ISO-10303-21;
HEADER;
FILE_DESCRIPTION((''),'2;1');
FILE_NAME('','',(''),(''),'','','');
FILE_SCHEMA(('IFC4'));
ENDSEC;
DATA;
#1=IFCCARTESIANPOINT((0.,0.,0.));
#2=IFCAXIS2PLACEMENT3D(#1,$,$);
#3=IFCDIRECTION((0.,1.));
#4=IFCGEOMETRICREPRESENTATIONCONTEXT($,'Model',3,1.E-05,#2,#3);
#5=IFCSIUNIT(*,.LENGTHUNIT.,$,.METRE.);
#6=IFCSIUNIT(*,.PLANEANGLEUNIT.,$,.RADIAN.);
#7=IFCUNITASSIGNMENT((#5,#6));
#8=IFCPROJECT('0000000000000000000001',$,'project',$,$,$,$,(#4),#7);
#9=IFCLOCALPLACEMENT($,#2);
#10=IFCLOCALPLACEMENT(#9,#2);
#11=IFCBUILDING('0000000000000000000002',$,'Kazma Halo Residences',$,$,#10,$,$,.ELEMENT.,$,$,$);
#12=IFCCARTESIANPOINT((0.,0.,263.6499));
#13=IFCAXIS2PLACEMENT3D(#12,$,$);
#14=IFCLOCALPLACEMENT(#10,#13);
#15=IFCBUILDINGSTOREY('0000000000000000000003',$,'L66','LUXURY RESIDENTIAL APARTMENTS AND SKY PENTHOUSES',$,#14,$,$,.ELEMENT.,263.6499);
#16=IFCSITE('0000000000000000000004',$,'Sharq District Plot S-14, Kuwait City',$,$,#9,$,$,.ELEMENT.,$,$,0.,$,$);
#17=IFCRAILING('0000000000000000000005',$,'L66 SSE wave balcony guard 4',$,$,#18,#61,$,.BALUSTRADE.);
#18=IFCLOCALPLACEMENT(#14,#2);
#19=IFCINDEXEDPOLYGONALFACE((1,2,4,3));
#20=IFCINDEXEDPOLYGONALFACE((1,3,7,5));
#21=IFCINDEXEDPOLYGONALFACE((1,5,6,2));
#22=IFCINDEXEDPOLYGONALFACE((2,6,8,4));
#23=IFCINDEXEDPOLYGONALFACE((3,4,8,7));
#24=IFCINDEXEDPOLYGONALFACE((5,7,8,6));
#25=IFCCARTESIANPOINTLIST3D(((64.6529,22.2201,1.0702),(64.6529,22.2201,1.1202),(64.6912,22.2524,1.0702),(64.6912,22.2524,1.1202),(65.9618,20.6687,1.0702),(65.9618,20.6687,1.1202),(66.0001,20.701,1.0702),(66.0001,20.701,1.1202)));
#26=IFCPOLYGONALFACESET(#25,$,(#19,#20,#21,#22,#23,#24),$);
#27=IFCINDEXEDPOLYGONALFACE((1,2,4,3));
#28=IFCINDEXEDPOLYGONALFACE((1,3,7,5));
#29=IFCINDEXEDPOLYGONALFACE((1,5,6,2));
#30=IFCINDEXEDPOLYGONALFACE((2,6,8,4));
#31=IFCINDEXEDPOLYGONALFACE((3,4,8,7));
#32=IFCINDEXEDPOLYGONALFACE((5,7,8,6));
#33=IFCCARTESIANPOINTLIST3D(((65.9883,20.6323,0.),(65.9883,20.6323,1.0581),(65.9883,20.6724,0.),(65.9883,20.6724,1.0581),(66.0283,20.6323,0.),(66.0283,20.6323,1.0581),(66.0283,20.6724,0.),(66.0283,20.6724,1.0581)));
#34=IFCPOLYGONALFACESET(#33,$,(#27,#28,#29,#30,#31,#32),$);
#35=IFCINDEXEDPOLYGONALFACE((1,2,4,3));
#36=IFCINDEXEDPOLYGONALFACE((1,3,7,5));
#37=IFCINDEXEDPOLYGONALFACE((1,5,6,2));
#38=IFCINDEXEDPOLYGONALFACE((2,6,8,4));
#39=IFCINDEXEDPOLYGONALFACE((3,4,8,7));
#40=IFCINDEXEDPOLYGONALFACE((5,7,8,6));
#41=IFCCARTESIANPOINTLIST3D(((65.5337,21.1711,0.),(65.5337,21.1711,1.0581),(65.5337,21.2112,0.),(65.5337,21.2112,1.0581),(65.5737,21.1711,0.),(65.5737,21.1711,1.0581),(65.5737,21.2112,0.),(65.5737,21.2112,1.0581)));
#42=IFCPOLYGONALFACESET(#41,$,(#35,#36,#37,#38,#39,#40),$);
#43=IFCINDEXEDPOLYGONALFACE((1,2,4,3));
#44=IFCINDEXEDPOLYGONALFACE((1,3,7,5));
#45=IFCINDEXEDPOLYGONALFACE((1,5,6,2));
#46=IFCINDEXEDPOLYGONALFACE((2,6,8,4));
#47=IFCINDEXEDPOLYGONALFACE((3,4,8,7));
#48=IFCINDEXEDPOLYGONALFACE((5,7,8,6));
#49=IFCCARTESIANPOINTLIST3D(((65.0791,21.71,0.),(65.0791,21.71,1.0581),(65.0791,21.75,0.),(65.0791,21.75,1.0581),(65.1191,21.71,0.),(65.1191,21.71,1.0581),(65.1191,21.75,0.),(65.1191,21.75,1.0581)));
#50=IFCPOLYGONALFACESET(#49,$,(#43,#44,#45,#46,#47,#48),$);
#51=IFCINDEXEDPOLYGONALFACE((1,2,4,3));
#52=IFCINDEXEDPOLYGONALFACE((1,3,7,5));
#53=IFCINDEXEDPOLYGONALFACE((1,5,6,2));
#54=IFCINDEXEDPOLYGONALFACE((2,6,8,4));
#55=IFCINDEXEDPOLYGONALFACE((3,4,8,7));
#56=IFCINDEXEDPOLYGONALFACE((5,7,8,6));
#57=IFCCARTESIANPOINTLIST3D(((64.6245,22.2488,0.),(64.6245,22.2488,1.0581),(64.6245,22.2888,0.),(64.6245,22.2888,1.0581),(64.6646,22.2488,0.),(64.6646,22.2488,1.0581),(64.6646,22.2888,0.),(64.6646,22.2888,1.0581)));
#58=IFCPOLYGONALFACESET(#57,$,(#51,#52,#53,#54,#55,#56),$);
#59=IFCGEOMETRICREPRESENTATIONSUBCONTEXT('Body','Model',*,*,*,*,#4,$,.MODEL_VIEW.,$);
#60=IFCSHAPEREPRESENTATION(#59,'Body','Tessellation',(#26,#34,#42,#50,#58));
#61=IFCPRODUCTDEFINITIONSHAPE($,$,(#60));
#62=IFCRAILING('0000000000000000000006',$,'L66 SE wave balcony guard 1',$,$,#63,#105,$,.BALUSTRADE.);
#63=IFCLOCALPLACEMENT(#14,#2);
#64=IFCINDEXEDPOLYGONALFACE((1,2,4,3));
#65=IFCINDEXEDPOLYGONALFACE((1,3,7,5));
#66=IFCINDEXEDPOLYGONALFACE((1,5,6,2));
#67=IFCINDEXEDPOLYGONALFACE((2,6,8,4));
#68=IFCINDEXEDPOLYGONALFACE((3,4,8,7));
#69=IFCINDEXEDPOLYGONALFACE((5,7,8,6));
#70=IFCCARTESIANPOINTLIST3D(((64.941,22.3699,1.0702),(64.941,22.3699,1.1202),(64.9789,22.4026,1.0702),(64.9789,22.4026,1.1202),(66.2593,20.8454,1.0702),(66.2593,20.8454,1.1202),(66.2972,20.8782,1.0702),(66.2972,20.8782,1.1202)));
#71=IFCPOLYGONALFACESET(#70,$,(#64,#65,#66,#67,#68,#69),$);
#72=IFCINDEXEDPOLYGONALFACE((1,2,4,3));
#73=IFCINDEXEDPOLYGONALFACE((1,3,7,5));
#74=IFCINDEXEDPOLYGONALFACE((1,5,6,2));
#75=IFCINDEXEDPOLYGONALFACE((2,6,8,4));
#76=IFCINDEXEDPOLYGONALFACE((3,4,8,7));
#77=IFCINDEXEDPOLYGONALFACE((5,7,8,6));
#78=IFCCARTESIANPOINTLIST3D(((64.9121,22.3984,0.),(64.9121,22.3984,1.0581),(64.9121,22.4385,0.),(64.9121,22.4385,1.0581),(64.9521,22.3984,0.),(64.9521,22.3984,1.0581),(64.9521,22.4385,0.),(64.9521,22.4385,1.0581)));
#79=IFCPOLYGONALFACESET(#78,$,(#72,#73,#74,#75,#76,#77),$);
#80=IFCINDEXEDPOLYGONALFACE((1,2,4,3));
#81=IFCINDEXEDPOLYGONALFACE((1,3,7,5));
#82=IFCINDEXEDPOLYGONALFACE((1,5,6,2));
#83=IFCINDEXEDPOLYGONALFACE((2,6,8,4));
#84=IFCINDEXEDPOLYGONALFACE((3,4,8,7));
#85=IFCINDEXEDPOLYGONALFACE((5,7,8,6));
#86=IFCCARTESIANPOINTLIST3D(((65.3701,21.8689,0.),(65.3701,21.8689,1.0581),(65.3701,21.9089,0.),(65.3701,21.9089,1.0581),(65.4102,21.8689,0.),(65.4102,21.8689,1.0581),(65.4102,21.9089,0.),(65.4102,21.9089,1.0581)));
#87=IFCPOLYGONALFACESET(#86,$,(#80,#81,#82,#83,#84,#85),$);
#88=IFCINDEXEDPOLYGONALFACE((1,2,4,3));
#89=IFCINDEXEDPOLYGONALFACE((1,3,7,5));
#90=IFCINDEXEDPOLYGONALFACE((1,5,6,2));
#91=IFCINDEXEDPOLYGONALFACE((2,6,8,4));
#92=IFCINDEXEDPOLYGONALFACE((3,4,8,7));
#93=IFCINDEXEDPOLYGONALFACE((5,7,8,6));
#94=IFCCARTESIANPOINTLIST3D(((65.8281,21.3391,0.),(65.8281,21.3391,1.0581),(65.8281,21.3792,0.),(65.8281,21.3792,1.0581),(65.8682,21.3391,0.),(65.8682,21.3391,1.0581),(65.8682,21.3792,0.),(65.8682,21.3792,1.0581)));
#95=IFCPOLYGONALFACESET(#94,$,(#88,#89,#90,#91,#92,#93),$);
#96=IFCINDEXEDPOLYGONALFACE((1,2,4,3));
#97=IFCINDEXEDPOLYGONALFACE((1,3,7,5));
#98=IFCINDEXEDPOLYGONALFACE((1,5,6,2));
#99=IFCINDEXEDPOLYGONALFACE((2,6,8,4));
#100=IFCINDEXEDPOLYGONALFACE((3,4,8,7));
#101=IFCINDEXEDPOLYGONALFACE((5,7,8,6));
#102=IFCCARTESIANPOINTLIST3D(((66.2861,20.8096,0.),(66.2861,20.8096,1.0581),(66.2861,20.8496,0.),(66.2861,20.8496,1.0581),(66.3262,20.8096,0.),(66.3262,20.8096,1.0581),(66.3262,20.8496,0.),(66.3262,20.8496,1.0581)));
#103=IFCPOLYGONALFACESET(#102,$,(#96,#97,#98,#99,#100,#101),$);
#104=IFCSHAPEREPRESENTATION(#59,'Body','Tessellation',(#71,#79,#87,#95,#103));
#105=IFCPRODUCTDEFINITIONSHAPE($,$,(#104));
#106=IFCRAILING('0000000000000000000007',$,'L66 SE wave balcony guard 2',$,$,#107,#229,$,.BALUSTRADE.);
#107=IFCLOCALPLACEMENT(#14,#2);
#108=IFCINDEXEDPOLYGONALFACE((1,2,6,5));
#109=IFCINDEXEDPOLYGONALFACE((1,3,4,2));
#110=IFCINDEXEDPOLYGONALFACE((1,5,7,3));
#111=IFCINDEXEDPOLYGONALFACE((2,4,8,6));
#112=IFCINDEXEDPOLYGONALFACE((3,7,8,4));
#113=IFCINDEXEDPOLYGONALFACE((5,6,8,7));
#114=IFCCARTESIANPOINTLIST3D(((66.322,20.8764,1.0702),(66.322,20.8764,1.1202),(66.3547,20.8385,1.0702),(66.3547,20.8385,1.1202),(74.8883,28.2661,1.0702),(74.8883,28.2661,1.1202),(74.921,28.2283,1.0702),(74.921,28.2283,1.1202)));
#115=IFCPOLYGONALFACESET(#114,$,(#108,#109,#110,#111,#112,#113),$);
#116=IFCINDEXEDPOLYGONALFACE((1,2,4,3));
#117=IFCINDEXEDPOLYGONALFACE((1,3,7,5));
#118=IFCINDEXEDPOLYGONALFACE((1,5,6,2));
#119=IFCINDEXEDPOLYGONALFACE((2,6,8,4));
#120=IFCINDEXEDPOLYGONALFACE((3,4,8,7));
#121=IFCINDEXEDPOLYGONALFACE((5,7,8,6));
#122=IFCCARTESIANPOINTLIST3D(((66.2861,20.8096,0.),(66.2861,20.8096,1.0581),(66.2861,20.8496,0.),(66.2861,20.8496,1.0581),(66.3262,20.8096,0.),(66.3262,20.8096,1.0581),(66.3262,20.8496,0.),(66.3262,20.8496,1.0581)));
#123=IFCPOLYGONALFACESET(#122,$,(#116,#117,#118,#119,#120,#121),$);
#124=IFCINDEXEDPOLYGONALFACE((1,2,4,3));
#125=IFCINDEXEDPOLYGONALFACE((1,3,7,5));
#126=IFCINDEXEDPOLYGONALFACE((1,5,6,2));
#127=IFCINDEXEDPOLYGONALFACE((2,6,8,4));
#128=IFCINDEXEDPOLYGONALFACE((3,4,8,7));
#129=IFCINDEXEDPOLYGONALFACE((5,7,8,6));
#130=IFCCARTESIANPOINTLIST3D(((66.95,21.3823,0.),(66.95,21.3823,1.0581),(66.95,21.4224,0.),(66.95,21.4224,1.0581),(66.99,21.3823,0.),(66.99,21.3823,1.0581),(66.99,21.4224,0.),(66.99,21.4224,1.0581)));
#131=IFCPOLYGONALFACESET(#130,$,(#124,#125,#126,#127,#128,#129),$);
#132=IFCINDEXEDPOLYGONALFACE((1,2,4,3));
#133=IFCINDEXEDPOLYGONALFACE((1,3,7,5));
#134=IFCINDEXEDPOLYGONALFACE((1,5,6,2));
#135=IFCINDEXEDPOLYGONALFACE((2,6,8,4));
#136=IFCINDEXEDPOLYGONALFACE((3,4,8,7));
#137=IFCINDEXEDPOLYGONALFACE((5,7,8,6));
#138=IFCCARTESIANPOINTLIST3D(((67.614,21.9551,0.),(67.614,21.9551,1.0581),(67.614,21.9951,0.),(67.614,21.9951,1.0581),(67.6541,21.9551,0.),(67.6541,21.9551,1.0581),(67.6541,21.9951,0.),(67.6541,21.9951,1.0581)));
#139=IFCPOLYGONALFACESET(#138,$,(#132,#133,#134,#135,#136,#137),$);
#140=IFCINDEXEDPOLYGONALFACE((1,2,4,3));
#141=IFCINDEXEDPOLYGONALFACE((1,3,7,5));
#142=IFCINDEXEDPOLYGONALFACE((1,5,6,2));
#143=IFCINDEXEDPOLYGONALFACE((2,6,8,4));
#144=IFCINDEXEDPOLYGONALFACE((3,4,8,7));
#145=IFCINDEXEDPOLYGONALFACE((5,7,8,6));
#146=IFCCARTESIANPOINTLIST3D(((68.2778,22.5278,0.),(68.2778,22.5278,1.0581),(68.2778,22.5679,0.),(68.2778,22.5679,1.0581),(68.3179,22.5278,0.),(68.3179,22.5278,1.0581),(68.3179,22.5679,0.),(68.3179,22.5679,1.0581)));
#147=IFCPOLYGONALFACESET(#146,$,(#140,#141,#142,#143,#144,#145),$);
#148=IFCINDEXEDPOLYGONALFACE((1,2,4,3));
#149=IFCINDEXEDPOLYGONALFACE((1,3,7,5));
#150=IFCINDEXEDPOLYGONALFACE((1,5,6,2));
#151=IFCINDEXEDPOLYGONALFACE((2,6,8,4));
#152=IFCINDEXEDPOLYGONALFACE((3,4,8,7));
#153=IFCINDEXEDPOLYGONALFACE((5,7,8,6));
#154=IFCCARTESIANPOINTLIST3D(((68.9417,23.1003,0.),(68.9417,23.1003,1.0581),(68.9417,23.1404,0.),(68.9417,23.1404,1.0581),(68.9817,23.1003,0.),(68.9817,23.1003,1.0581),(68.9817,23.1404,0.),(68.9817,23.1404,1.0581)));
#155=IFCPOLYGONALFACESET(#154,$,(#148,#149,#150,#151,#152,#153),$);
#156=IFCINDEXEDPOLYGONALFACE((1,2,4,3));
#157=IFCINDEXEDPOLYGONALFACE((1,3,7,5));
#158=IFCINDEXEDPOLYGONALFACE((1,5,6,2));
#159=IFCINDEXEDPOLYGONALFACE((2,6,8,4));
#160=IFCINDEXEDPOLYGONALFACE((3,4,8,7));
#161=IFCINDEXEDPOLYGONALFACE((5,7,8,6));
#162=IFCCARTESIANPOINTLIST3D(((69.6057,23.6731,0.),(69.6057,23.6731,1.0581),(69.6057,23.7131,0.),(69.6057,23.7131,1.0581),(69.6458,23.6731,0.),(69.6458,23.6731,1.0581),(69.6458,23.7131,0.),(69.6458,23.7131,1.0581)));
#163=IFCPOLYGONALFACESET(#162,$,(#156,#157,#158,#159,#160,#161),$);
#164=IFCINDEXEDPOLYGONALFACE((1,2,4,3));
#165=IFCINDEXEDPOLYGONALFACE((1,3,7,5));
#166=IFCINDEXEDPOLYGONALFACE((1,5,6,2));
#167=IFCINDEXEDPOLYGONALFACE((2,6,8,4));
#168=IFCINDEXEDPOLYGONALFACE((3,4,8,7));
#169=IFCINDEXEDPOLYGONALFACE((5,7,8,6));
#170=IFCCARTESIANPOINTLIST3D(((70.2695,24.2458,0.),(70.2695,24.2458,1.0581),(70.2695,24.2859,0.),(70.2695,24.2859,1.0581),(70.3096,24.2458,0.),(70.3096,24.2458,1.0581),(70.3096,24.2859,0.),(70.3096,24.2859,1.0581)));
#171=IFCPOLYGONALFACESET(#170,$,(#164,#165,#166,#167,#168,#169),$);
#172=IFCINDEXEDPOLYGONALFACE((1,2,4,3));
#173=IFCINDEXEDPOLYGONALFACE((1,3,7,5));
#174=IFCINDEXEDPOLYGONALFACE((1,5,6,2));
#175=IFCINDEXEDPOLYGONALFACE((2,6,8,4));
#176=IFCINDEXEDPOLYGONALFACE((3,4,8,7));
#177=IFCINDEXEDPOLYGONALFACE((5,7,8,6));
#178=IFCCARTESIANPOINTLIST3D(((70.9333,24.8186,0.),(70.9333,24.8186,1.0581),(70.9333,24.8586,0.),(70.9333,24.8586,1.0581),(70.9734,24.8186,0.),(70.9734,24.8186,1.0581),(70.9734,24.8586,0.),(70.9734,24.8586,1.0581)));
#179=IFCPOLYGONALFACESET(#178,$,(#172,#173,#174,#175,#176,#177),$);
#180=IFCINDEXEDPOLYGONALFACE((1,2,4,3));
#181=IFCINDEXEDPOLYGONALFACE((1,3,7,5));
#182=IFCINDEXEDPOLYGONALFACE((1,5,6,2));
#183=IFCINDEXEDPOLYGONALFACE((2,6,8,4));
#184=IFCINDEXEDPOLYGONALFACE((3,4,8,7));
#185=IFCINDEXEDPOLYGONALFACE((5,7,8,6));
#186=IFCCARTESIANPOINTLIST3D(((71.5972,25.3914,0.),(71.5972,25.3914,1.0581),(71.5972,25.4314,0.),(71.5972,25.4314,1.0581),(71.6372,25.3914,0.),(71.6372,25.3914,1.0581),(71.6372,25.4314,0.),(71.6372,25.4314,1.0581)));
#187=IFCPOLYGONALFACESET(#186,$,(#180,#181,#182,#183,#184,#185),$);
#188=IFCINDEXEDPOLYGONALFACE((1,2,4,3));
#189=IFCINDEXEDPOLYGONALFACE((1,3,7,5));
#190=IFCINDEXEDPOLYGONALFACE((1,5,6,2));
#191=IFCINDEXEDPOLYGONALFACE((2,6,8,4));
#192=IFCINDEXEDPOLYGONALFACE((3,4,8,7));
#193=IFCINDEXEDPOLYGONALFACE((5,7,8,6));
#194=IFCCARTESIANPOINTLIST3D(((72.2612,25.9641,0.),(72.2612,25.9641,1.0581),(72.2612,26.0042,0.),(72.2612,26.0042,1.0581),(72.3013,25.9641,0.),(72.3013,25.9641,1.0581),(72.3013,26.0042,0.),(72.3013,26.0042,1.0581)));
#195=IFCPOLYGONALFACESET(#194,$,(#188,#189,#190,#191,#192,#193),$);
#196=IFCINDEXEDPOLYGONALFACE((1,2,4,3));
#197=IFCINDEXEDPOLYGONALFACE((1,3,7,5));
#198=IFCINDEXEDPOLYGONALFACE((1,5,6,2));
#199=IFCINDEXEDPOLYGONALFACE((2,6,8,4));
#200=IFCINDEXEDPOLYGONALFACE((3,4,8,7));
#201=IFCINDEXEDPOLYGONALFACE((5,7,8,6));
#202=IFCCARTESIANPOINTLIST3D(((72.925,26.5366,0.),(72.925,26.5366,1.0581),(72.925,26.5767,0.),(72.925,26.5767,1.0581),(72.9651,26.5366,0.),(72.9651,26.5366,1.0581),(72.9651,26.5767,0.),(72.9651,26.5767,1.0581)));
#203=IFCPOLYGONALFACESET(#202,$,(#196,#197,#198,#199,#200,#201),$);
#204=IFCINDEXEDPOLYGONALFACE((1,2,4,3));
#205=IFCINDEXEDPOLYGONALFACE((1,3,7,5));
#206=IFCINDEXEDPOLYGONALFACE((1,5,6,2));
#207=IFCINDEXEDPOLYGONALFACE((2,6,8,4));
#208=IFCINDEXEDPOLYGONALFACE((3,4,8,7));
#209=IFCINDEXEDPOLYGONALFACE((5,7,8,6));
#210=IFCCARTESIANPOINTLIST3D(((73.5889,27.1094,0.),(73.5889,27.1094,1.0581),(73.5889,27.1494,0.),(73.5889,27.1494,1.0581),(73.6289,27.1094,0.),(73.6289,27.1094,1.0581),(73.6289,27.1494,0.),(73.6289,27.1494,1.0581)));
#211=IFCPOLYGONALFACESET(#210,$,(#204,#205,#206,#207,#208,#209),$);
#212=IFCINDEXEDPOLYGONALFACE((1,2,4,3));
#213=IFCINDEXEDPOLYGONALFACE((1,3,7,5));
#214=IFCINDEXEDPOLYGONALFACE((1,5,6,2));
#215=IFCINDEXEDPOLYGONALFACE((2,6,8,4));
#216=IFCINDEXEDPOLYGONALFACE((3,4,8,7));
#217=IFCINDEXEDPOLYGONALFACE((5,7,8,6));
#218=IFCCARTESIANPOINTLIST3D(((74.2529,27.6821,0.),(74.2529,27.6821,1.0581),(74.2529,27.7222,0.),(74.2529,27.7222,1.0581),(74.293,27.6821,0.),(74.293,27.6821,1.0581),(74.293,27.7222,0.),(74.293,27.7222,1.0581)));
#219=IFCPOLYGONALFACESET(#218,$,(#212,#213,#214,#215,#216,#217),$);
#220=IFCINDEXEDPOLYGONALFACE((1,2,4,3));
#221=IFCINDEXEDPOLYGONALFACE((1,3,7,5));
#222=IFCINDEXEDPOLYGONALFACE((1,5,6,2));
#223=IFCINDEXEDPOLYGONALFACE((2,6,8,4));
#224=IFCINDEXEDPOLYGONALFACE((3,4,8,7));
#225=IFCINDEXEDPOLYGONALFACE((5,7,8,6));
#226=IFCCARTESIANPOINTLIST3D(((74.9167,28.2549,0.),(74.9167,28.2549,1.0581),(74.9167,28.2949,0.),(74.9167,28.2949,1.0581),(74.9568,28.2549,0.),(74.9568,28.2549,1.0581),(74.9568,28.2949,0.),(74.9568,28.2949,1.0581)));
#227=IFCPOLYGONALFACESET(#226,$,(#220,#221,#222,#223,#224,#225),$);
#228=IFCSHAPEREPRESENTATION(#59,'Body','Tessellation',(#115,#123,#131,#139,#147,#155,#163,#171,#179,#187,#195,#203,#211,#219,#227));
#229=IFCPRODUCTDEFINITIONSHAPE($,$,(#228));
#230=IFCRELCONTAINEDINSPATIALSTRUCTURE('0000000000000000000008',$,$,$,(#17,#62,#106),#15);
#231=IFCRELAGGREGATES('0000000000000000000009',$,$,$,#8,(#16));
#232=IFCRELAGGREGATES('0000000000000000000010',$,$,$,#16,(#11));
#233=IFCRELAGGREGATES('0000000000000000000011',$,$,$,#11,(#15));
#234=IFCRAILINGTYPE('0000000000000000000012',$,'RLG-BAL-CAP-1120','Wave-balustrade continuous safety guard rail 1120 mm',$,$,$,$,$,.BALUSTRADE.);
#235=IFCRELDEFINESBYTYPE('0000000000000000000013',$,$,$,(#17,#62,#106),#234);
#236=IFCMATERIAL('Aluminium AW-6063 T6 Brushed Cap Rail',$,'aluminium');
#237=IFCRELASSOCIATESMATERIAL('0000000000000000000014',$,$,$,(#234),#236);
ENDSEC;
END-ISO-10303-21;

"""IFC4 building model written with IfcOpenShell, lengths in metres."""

from ifc_helpers import new_model, si_unit, direction, frame, origin, origin_2d, place, context, subcontext, project, spatial, rectangle, extrude, material, type_object, element, save


model = new_model("IFC4")

# Units and contexts
model_context = context("Model", 3, precision=1e-05, world=origin(), true_north=direction((0.0, 1.0)))
body_context = subcontext(model_context, "Body", "Model", "MODEL_VIEW")
ifc_project = project(units=[si_unit("LENGTHUNIT", "METRE"), si_unit("PLANEANGLEUNIT", "RADIAN")], contexts=[model_context])

# Site, building, storey
site_placement = place(None, origin())
site = spatial("IfcSite", under=ifc_project, at=site_placement, Name="Sharq District Plot S-14, Kuwait City", CompositionType="ELEMENT", RefElevation=0.0)
building_placement = place(site_placement, origin())
building = spatial("IfcBuilding", under=site, at=building_placement, Name="Kazma Halo Residences", CompositionType="ELEMENT")
storey_placement = place(building_placement, frame((0.0, 0.0, 263.6499)))
storey = spatial("IfcBuildingStorey", under=building, at=storey_placement, Name="L66", Description="LUXURY RESIDENTIAL APARTMENTS AND SKY PENTHOUSES", CompositionType="ELEMENT", Elevation=263.6499)

# Railings
ifc_material_1 = material(Name="Aluminium AW-6063 T6 Brushed Cap Rail", Category="aluminium")
railing_type = type_object("IfcRailingType", Name="RLG-BAL-CAP-1120", Description="Wave-balustrade continuous safety guard rail 1120 mm", PredefinedType="BALUSTRADE", material=ifc_material_1)
railing_1_placement = place(storey_placement, frame((66.0083, 20.6523, 0.0)))
element("IfcRailing", 1, at=railing_1_placement, inside=storey, type_object=railing_type, Name="L66 SSE wave balcony guard 4", PredefinedType="BALUSTRADE", context=body_context, shape_type="SweptSolid", body=[
    extrude(rectangle(XDim=0.05, YDim=0.05, at=origin_2d()), frame((-0.0273, 0.0325, 1.0952), z_axis=(-0.644839, 0.764318, 0.0), x_axis=(-0.764318, -0.644839, 0.0)), (0.0, 0.0, 1.0), 2.0298),
    extrude(rectangle(XDim=0.04, YDim=0.04, at=origin_2d()), origin(), (0.0, 0.0, 1.0), 1.0581),
    extrude(rectangle(XDim=0.04, YDim=0.04, at=origin_2d()), frame((-0.4546, 0.5388, 0.0)), (0.0, 0.0, 1.0), 1.0581),
    extrude(rectangle(XDim=0.04, YDim=0.04, at=origin_2d()), frame((-0.9092, 1.0776, 0.0)), (0.0, 0.0, 1.0), 1.0581),
    extrude(rectangle(XDim=0.04, YDim=0.04, at=origin_2d()), frame((-1.3638, 1.6165, 0.0)), (0.0, 0.0, 1.0), 1.0581),
])
railing_2_placement = place(storey_placement, frame((64.9321, 22.4185, 0.0)))
element("IfcRailing", 2, at=railing_2_placement, inside=storey, type_object=railing_type, Name="L66 SE wave balcony guard 1", PredefinedType="BALUSTRADE", context=body_context, shape_type="SweptSolid", body=[
    extrude(rectangle(XDim=0.05, YDim=0.05, at=origin_2d()), frame((0.0278, -0.0322, 1.0952), z_axis=(0.654116, -0.756394, 0.0), x_axis=(0.756394, 0.654116, 0.0)), (0.0, 0.0, 1.0), 2.0154),
    extrude(rectangle(XDim=0.04, YDim=0.04, at=origin_2d()), origin(), (0.0, 0.0, 1.0), 1.0581),
    extrude(rectangle(XDim=0.04, YDim=0.04, at=origin_2d()), frame((0.458, -0.5295, 0.0)), (0.0, 0.0, 1.0), 1.0581),
    extrude(rectangle(XDim=0.04, YDim=0.04, at=origin_2d()), frame((0.916, -1.0593, 0.0)), (0.0, 0.0, 1.0), 1.0581),
    extrude(rectangle(XDim=0.04, YDim=0.04, at=origin_2d()), frame((1.374, -1.5889, 0.0)), (0.0, 0.0, 1.0), 1.0581),
])
railing_3_placement = place(storey_placement, frame((66.3062, 20.8296, 0.0)))
element("IfcRailing", 3, at=railing_3_placement, inside=storey, type_object=railing_type, Name="L66 SE wave balcony guard 2", PredefinedType="BALUSTRADE", context=body_context, shape_type="SweptSolid", body=[
    extrude(rectangle(XDim=0.05, YDim=0.05, at=origin_2d()), frame((0.0322, 0.0278, 1.0952), z_axis=(0.757187, 0.653198, 0.0), x_axis=(-0.653198, 0.757187, 0.0)), (0.0, 0.0, 1.0), 11.3132),
    extrude(rectangle(XDim=0.04, YDim=0.04, at=origin_2d()), origin(), (0.0, 0.0, 1.0), 1.0581),
    extrude(rectangle(XDim=0.04, YDim=0.04, at=origin_2d()), frame((0.6638, 0.5728, 0.0)), (0.0, 0.0, 1.0), 1.0581),
    extrude(rectangle(XDim=0.04, YDim=0.04, at=origin_2d()), frame((1.3279, 1.1455, 0.0)), (0.0, 0.0, 1.0), 1.0581),
    extrude(rectangle(XDim=0.04, YDim=0.04, at=origin_2d()), frame((1.9917, 1.7183, 0.0)), (0.0, 0.0, 1.0), 1.0581),
    extrude(rectangle(XDim=0.04, YDim=0.04, at=origin_2d()), frame((2.6555, 2.2908, 0.0)), (0.0, 0.0, 1.0), 1.0581),
    extrude(rectangle(XDim=0.04, YDim=0.04, at=origin_2d()), frame((3.3196, 2.8635, 0.0)), (0.0, 0.0, 1.0), 1.0581),
    extrude(rectangle(XDim=0.04, YDim=0.04, at=origin_2d()), frame((3.9834, 3.4363, 0.0)), (0.0, 0.0, 1.0), 1.0581),
    extrude(rectangle(XDim=0.04, YDim=0.04, at=origin_2d()), frame((4.6472, 4.009, 0.0)), (0.0, 0.0, 1.0), 1.0581),
    extrude(rectangle(XDim=0.04, YDim=0.04, at=origin_2d()), frame((5.311, 4.5818, 0.0)), (0.0, 0.0, 1.0), 1.0581),
    extrude(rectangle(XDim=0.04, YDim=0.04, at=origin_2d()), frame((5.9751, 5.1545, 0.0)), (0.0, 0.0, 1.0), 1.0581),
    extrude(rectangle(XDim=0.04, YDim=0.04, at=origin_2d()), frame((6.6389, 5.7271, 0.0)), (0.0, 0.0, 1.0), 1.0581),
    extrude(rectangle(XDim=0.04, YDim=0.04, at=origin_2d()), frame((7.3027, 6.2998, 0.0)), (0.0, 0.0, 1.0), 1.0581),
    extrude(rectangle(XDim=0.04, YDim=0.04, at=origin_2d()), frame((7.9668, 6.8726, 0.0)), (0.0, 0.0, 1.0), 1.0581),
    extrude(rectangle(XDim=0.04, YDim=0.04, at=origin_2d()), frame((8.6306, 7.4453, 0.0)), (0.0, 0.0, 1.0), 1.0581),
])

save(model, "model.ifc")
